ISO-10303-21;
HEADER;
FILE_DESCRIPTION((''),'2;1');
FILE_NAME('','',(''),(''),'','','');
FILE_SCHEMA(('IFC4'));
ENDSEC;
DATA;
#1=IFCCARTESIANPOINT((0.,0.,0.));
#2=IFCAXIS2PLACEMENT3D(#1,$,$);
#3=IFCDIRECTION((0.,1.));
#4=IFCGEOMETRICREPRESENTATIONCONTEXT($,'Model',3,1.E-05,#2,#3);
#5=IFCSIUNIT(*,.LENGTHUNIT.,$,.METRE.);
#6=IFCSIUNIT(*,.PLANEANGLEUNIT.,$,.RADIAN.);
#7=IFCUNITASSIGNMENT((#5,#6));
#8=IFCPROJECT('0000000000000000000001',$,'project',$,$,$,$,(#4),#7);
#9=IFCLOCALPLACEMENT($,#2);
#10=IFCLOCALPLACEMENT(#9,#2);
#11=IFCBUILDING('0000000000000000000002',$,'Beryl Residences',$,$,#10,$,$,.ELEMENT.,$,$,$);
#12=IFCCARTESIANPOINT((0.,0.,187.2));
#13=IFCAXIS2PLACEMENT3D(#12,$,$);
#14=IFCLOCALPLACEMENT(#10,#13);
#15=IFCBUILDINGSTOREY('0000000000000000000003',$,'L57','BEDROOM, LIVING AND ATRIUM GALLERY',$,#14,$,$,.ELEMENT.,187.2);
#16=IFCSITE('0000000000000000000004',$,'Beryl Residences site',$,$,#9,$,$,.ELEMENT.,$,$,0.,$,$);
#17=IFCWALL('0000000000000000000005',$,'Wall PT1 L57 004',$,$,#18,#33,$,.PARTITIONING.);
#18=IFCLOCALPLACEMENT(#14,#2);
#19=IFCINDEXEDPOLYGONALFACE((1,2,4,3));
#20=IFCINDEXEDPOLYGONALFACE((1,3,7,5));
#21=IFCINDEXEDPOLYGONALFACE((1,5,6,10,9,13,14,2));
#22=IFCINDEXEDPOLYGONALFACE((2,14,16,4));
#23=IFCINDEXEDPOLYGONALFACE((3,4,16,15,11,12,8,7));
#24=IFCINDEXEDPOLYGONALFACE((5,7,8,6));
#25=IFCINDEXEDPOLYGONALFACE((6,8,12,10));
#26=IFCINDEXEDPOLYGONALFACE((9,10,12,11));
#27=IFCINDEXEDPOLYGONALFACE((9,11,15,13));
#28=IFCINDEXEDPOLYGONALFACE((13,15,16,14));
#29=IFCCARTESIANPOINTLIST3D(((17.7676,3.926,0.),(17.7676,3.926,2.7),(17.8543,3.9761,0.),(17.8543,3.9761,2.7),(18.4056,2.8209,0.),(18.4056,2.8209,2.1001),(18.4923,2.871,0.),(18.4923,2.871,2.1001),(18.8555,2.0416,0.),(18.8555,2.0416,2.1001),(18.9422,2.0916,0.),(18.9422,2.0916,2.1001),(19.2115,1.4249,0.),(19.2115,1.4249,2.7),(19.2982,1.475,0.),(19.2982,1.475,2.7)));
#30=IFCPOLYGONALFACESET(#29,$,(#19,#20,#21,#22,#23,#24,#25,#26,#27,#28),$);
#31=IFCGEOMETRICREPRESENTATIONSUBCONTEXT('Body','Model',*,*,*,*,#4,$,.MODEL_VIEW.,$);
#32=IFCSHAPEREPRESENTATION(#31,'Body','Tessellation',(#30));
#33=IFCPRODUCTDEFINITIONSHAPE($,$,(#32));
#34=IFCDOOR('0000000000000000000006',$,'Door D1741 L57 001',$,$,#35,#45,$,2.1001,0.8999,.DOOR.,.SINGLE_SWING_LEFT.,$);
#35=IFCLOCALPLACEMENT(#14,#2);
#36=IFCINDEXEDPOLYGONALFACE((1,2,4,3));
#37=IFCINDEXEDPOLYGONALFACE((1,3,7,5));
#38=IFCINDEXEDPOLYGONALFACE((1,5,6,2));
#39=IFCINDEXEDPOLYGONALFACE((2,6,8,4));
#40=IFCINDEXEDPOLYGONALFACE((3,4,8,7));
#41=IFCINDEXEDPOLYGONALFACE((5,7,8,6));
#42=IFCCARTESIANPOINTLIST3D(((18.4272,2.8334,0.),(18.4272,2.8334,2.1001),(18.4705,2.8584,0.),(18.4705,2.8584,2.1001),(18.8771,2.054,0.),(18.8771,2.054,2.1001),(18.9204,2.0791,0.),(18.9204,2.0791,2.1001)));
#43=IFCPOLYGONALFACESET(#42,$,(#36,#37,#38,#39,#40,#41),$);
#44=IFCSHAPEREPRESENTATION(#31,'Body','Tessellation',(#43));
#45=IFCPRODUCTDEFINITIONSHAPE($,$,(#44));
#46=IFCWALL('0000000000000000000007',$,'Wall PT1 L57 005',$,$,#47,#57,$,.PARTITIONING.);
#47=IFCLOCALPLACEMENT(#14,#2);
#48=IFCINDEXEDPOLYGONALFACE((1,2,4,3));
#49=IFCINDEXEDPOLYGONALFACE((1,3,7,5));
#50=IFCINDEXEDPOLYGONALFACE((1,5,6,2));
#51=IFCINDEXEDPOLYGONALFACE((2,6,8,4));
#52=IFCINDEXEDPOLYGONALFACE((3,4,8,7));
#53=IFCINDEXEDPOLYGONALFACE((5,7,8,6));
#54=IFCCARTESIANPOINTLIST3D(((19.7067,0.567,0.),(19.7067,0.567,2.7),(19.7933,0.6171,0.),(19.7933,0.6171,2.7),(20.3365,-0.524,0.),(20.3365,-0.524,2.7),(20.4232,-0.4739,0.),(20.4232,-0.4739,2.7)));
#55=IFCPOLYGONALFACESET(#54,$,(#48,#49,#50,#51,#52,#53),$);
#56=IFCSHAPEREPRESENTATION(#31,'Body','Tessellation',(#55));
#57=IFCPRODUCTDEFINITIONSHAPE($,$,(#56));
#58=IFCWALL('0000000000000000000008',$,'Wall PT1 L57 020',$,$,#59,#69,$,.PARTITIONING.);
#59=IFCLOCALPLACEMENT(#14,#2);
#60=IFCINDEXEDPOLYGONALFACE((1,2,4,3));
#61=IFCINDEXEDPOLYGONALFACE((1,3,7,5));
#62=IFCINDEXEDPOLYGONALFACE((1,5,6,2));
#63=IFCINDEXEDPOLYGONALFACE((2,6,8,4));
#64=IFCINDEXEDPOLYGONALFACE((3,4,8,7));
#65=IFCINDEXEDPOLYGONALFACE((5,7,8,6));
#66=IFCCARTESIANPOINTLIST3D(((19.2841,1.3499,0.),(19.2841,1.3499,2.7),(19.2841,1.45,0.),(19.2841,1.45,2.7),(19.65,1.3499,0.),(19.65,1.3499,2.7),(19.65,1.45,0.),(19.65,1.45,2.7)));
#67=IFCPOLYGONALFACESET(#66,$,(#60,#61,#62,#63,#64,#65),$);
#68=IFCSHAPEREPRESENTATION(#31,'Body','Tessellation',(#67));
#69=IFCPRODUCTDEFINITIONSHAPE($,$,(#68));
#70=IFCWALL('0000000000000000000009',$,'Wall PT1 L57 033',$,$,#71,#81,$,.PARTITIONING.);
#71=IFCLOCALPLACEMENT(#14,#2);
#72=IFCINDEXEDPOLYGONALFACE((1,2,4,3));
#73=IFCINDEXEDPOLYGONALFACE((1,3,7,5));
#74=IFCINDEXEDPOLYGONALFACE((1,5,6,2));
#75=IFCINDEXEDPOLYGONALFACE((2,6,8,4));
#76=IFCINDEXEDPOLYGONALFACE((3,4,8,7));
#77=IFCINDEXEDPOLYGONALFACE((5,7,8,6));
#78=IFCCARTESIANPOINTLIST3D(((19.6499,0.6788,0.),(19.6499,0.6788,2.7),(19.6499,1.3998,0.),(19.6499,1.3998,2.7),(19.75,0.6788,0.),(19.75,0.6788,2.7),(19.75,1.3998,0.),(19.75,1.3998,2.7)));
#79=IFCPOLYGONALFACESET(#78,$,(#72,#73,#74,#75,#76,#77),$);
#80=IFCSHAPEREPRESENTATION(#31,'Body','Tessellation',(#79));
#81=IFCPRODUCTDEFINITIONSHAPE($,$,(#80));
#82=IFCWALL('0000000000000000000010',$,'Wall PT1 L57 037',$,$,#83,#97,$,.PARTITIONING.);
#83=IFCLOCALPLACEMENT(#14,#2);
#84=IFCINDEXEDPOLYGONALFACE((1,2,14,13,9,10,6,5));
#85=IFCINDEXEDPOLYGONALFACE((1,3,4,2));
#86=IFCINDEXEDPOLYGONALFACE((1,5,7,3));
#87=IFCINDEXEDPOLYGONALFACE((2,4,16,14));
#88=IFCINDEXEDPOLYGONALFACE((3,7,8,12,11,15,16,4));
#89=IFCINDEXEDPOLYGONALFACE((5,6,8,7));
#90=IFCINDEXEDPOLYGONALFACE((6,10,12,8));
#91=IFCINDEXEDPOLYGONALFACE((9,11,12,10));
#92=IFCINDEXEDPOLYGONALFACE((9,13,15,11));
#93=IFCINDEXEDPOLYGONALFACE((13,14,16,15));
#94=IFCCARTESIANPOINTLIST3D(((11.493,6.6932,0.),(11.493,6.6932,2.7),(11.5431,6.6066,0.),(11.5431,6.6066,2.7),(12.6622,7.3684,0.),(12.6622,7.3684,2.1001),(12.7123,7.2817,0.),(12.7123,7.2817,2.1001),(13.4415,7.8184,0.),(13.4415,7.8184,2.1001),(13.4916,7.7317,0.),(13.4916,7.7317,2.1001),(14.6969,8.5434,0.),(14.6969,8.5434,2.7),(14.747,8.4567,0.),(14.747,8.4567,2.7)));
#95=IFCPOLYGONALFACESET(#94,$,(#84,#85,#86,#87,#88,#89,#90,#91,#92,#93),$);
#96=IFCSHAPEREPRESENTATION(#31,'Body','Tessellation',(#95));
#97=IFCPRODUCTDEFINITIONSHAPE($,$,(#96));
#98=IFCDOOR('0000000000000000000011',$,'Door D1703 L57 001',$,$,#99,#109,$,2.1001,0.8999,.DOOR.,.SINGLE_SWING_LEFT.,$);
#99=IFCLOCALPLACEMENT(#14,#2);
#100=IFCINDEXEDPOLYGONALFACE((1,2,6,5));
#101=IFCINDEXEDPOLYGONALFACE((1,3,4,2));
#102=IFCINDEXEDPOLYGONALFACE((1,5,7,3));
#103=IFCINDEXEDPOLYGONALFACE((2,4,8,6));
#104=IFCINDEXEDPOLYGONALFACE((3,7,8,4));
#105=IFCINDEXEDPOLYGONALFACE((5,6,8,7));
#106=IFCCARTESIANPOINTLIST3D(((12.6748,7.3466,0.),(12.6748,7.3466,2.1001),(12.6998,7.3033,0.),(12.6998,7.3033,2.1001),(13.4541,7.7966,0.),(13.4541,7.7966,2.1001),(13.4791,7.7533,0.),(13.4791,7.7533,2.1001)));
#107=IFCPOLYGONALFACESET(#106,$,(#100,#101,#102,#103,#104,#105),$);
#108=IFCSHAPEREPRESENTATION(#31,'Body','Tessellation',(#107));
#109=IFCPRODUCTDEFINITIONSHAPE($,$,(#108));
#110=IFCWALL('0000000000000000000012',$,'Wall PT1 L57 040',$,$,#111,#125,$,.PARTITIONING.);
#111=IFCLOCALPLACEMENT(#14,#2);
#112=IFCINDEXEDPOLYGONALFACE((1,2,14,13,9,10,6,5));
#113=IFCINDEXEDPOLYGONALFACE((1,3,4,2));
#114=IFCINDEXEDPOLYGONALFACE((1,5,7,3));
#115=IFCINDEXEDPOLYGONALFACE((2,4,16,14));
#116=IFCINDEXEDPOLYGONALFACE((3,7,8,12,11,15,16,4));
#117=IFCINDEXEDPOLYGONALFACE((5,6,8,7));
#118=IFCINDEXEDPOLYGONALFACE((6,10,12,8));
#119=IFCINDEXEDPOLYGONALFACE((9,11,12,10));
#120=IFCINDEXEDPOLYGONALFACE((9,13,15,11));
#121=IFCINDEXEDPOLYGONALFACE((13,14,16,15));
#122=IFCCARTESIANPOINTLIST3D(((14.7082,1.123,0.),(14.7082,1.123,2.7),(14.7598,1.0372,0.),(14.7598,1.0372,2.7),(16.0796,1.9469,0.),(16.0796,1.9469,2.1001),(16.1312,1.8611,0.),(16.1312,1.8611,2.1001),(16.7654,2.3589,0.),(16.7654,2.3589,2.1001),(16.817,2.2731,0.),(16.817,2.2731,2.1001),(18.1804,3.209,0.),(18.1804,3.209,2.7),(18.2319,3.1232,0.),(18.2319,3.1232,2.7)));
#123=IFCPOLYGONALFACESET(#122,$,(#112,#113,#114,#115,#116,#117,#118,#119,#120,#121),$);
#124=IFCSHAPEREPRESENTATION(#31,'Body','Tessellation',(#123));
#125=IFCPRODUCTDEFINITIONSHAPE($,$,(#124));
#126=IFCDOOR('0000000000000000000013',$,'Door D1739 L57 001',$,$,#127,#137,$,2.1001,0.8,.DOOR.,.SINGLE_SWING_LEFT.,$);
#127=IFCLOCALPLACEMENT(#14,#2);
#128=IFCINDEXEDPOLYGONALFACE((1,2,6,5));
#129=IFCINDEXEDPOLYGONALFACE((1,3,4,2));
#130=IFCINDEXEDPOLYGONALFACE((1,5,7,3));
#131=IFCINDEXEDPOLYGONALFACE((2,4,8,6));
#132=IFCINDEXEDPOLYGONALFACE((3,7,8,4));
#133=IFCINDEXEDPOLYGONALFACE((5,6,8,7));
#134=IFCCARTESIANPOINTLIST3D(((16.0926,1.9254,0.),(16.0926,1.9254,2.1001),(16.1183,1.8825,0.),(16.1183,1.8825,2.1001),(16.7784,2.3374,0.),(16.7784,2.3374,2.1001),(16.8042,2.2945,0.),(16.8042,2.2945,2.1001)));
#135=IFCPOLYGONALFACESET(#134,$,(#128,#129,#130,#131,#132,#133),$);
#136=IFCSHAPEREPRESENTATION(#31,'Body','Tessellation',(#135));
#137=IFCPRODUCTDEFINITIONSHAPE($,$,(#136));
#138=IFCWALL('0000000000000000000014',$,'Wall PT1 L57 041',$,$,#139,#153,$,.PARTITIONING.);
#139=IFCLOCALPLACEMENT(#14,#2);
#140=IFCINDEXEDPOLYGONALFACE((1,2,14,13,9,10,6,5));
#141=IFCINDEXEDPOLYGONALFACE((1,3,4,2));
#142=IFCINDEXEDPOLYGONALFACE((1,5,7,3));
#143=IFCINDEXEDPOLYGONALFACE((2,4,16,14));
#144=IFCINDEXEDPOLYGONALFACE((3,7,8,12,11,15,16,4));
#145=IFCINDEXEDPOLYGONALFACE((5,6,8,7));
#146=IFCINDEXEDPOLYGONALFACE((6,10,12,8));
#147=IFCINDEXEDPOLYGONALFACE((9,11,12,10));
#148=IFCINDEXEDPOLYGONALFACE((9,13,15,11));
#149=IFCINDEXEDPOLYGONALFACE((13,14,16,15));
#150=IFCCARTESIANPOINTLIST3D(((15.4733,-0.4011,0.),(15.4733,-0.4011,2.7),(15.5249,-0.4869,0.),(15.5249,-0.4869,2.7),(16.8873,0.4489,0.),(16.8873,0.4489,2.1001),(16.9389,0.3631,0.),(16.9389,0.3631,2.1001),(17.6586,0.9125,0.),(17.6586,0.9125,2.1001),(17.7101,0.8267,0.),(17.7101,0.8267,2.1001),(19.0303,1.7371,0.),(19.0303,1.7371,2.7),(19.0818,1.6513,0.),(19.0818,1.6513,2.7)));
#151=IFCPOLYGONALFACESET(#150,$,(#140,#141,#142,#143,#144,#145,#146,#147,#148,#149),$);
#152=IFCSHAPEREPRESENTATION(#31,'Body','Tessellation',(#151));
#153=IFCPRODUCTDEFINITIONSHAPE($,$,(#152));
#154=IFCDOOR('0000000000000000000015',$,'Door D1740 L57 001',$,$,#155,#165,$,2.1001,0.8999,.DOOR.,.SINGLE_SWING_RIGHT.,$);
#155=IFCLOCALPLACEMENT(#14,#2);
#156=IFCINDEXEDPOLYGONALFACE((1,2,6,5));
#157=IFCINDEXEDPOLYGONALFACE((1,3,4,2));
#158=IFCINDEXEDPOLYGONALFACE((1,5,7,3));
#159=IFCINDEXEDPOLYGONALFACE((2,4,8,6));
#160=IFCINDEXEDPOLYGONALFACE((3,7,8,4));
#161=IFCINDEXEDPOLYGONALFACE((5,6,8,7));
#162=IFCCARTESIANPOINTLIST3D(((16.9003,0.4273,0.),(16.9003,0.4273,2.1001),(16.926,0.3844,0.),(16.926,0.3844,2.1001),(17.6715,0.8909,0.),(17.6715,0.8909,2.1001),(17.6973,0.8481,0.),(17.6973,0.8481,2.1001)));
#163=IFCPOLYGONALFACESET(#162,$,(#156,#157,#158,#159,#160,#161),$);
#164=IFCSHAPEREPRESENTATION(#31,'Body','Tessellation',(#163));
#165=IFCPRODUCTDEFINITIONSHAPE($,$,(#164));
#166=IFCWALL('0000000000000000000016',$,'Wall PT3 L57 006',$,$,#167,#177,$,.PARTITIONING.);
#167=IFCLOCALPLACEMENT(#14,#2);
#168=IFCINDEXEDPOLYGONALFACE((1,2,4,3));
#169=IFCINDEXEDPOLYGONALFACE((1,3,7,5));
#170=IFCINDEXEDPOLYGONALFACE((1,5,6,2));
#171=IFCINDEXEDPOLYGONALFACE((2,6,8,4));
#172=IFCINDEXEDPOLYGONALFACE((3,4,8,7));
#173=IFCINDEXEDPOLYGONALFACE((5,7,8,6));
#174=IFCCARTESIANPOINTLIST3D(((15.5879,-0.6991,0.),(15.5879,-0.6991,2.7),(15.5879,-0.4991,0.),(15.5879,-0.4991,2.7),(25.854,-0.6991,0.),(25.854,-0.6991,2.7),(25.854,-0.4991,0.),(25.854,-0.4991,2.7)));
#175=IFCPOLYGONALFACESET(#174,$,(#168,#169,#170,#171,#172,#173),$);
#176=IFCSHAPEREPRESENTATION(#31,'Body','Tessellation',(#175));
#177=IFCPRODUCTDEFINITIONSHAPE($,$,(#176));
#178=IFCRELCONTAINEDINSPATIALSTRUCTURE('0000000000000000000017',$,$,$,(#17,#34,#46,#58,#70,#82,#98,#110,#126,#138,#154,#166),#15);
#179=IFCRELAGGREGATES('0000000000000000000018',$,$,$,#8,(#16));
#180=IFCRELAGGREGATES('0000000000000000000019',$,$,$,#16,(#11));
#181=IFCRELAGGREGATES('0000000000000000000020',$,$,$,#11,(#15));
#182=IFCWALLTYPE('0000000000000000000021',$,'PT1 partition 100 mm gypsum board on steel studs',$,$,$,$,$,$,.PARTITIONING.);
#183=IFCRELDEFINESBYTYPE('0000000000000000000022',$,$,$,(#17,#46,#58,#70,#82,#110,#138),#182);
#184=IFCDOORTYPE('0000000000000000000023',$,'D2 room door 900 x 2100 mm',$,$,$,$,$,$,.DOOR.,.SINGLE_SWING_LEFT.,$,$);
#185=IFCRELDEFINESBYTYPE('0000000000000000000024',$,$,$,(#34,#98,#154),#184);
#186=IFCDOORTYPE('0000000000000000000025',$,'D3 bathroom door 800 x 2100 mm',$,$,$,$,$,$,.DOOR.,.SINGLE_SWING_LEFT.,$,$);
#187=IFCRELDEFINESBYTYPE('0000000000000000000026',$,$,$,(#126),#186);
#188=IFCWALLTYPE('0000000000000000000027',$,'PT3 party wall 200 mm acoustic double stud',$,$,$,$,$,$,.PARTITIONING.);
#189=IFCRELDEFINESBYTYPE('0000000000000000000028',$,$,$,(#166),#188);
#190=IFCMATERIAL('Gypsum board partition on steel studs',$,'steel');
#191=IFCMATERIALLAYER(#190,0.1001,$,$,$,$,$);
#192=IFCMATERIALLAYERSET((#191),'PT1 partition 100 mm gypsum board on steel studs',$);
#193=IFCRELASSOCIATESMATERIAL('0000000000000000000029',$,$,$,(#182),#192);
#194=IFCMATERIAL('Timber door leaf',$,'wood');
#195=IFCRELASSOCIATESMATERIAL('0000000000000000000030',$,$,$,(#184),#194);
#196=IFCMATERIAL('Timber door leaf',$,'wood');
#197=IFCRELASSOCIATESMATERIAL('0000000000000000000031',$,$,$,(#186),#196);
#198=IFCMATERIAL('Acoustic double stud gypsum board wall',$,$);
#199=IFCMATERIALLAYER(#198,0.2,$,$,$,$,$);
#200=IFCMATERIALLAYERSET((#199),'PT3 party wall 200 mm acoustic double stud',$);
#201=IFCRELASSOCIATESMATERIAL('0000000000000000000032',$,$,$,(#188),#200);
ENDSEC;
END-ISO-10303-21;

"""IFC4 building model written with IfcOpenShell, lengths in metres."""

from ifc_helpers import new_model, si_unit, direction, frame, frame_2d, origin, place, context, subcontext, project, spatial, rectangle, extrude, material, layer, layer_set, type_object, element, fill, save


model = new_model("IFC4")

# Units and contexts
model_context = context("Model", 3, precision=1e-05, world=origin(), true_north=direction((0.0, 1.0)))
body_context = subcontext(model_context, "Body", "Model", "MODEL_VIEW")
ifc_project = project(units=[si_unit("LENGTHUNIT", "METRE"), si_unit("PLANEANGLEUNIT", "RADIAN")], contexts=[model_context])

# Site, building, storey
site_placement = place(None, origin())
site = spatial("IfcSite", under=ifc_project, at=site_placement, Name="Beryl Residences site", CompositionType="ELEMENT", RefElevation=0.0)
building_placement = place(site_placement, origin())
building = spatial("IfcBuilding", under=site, at=building_placement, Name="Beryl Residences", CompositionType="ELEMENT")
storey_placement = place(building_placement, frame((0.0, 0.0, 187.2)))
storey = spatial("IfcBuildingStorey", under=building, at=storey_placement, Name="L57", Description="BEDROOM, LIVING AND ATRIUM GALLERY", CompositionType="ELEMENT", Elevation=187.2)

# Wall, opening, door
ifc_material_1 = material(Name="Gypsum board partition on steel studs", Category="steel")
ifc_layer_1 = layer(ifc_material_1, 0.1001)
ifc_layer_set_1 = layer_set([ifc_layer_1], Name="PT1 partition 100 mm gypsum board on steel studs")
wall_type_1 = type_object("IfcWallType", Name="PT1 partition 100 mm gypsum board on steel studs", PredefinedType="PARTITIONING", material=ifc_layer_set_1)
wall_1_placement = place(storey_placement, frame((17.811, 3.9509, 0.0), z_axis=(0.0, 0.0, 1.0), x_axis=(0.499976, -0.866039, 0.0)))
wall_1 = element("IfcWall", 1, at=wall_1_placement, inside=storey, type_object=wall_type_1, Name="Wall PT1 L57 004", PredefinedType="PARTITIONING", context=body_context, shape_type="SweptSolid", body=[
    extrude(rectangle(XDim=2.8879, YDim=0.1001, at=frame_2d((1.4438, 0.0))), origin(), (0.0, 0.0, 1.0), 2.7),
])
opening_1_placement = place(wall_1_placement, frame((1.2759, 0.0, 0.0)))
opening_1 = element("IfcOpeningElement", 2, at=opening_1_placement, cuts=wall_1, PredefinedType="OPENING", context=body_context, shape_type="SweptSolid", body=[
    extrude(rectangle(XDim=0.8999, YDim=2.1001, at=frame_2d((0.45, 1.05))), frame((0.0, 0.0601, 0.0), z_axis=(0.0, -1.0, 0.0), x_axis=(1.0, 0.0, 0.0)), (0.0, 0.0, 1.0), 0.1201),
])
ifc_material_2 = material(Name="Timber door leaf", Category="wood")
door_type_1 = type_object("IfcDoorType", Name="D2 room door 900 x 2100 mm", OperationType="SINGLE_SWING_LEFT", PredefinedType="DOOR", material=ifc_material_2)
door_1_placement = place(opening_1_placement, origin())
door_1 = element("IfcDoor", 3, at=door_1_placement, inside=storey, type_object=door_type_1, Name="Door D1741 L57 001", OperationType="SINGLE_SWING_LEFT", OverallHeight=2.1001, OverallWidth=0.8999, PredefinedType="DOOR", context=body_context, shape_type="SweptSolid", body=[
    extrude(rectangle(XDim=0.8999, YDim=2.1001, at=frame_2d((0.45, 1.05))), frame((0.0, 0.0249, 0.0), z_axis=(0.0, -1.0, 0.0), x_axis=(1.0, 0.0, 0.0)), (0.0, 0.0, 1.0), 0.05),
])
fill(opening_1, door_1)

# Walls
wall_2_placement = place(storey_placement, frame((19.75, 0.592, 0.0), z_axis=(0.0, 0.0, 1.0), x_axis=(0.499974, -0.86604, 0.0)))
element("IfcWall", 4, at=wall_2_placement, inside=storey, type_object=wall_type_1, Name="Wall PT1 L57 005", PredefinedType="PARTITIONING", context=body_context, shape_type="SweptSolid", body=[
    extrude(rectangle(XDim=1.2598, YDim=0.1001, at=frame_2d((0.6299, 0.0))), origin(), (0.0, 0.0, 1.0), 2.7),
])
wall_3_placement = place(storey_placement, frame((19.2839, 1.3999, 0.0), z_axis=(0.0, 0.0, 1.0), x_axis=(1.0, 0.0, 0.0)))
element("IfcWall", 5, at=wall_3_placement, inside=storey, type_object=wall_type_1, Name="Wall PT1 L57 020", PredefinedType="PARTITIONING", context=body_context, shape_type="SweptSolid", body=[
    extrude(rectangle(XDim=0.366, YDim=0.1001, at=frame_2d((0.1831, 0.0))), origin(), (0.0, 0.0, 1.0), 2.7),
])
wall_4_placement = place(storey_placement, frame((19.7, 0.679, 0.0), z_axis=(0.0, 0.0, 1.0), x_axis=(0.0, 1.0, 0.0)))
element("IfcWall", 6, at=wall_4_placement, inside=storey, type_object=wall_type_1, Name="Wall PT1 L57 033", PredefinedType="PARTITIONING", context=body_context, shape_type="SweptSolid", body=[
    extrude(rectangle(XDim=0.7209, YDim=0.1001, at=frame_2d((0.3604, 0.0))), origin(), (0.0, 0.0, 1.0), 2.7),
])

# Walls, openings, doors
wall_5_placement = place(storey_placement, frame((11.5181, 6.6499, 0.0), z_axis=(0.0, 0.0, 1.0), x_axis=(0.865984, 0.500071, 0.0)))
wall_5 = element("IfcWall", 7, at=wall_5_placement, inside=storey, type_object=wall_type_1, Name="Wall PT1 L57 037", PredefinedType="PARTITIONING", context=body_context, shape_type="SweptSolid", body=[
    extrude(rectangle(XDim=3.6997, YDim=0.1001, at=frame_2d((1.8499, 0.0))), origin(), (0.0, 0.0, 1.0), 2.7),
])
opening_2_placement = place(wall_5_placement, frame((1.3501, 0.0, 0.0)))
opening_2 = element("IfcOpeningElement", 8, at=opening_2_placement, cuts=wall_5, PredefinedType="OPENING", context=body_context, shape_type="SweptSolid", body=[
    extrude(rectangle(XDim=0.8999, YDim=2.1001, at=frame_2d((0.45, 1.05))), frame((0.0, 0.0601, 0.0), z_axis=(0.0, -1.0, 0.0), x_axis=(1.0, 0.0, 0.0)), (0.0, 0.0, 1.0), 0.1201),
])
door_2_placement = place(opening_2_placement, origin())
door_2 = element("IfcDoor", 9, at=door_2_placement, inside=storey, type_object=door_type_1, Name="Door D1703 L57 001", OperationType="SINGLE_SWING_LEFT", OverallHeight=2.1001, OverallWidth=0.8999, PredefinedType="DOOR", context=body_context, shape_type="SweptSolid", body=[
    extrude(rectangle(XDim=0.8999, YDim=2.1001, at=frame_2d((0.45, 1.05))), frame((0.0, 0.0249, 0.0), z_axis=(0.0, -1.0, 0.0), x_axis=(1.0, 0.0, 0.0)), (0.0, 0.0, 1.0), 0.05),
])
fill(opening_2, door_2)
wall_6_placement = place(storey_placement, frame((14.7339, 1.0801, 0.0), z_axis=(0.0, 0.0, 1.0), x_axis=(0.857206, 0.514974, 0.0)))
wall_6 = element("IfcWall", 10, at=wall_6_placement, inside=storey, type_object=wall_type_1, Name="Wall PT1 L57 040", PredefinedType="PARTITIONING", context=body_context, shape_type="SweptSolid", body=[
    extrude(rectangle(XDim=4.0505, YDim=0.1001, at=frame_2d((2.0254, 0.0))), origin(), (0.0, 0.0, 1.0), 2.7),
])
opening_3_placement = place(wall_6_placement, frame((1.6001, 0.0, 0.0)))
opening_3 = element("IfcOpeningElement", 11, at=opening_3_placement, cuts=wall_6, PredefinedType="OPENING", context=body_context, shape_type="SweptSolid", body=[
    extrude(rectangle(XDim=0.8, YDim=2.1001, at=frame_2d((0.3999, 1.05))), frame((0.0, 0.0601, 0.0), z_axis=(0.0, -1.0, 0.0), x_axis=(1.0, 0.0, 0.0)), (0.0, 0.0, 1.0), 0.1201),
])
ifc_material_3 = material(Name="Timber door leaf", Category="wood")
door_type_2 = type_object("IfcDoorType", Name="D3 bathroom door 800 x 2100 mm", OperationType="SINGLE_SWING_LEFT", PredefinedType="DOOR", material=ifc_material_3)
door_3_placement = place(opening_3_placement, origin())
door_3 = element("IfcDoor", 12, at=door_3_placement, inside=storey, type_object=door_type_2, Name="Door D1739 L57 001", OperationType="SINGLE_SWING_LEFT", OverallHeight=2.1001, OverallWidth=0.8, PredefinedType="DOOR", context=body_context, shape_type="SweptSolid", body=[
    extrude(rectangle(XDim=0.8, YDim=2.1001, at=frame_2d((0.3999, 1.05))), frame((0.0, 0.0249, 0.0), z_axis=(0.0, -1.0, 0.0), x_axis=(1.0, 0.0, 0.0)), (0.0, 0.0, 1.0), 0.05),
])
fill(opening_3, door_3)
wall_7_placement = place(storey_placement, frame((15.499, -0.4441, 0.0), z_axis=(0.0, 0.0, 1.0), x_axis=(0.857062, 0.515214, 0.0)))
wall_7 = element("IfcWall", 13, at=wall_7_placement, inside=storey, type_object=wall_type_1, Name="Wall PT1 L57 041", PredefinedType="PARTITIONING", context=body_context, shape_type="SweptSolid", body=[
    extrude(rectangle(XDim=4.1501, YDim=0.1001, at=frame_2d((2.0752, 0.0))), origin(), (0.0, 0.0, 1.0), 2.7),
])
opening_4_placement = place(wall_7_placement, frame((1.6499, 0.0, 0.0)))
opening_4 = element("IfcOpeningElement", 14, at=opening_4_placement, cuts=wall_7, PredefinedType="OPENING", context=body_context, shape_type="SweptSolid", body=[
    extrude(rectangle(XDim=0.8999, YDim=2.1001, at=frame_2d((0.45, 1.05))), frame((0.0, 0.0601, 0.0), z_axis=(0.0, -1.0, 0.0), x_axis=(1.0, 0.0, 0.0)), (0.0, 0.0, 1.0), 0.1201),
])
door_4_placement = place(opening_4_placement, origin())
door_4 = element("IfcDoor", 15, at=door_4_placement, inside=storey, type_object=door_type_1, Name="Door D1740 L57 001", OperationType="SINGLE_SWING_RIGHT", OverallHeight=2.1001, OverallWidth=0.8999, PredefinedType="DOOR", context=body_context, shape_type="SweptSolid", body=[
    extrude(rectangle(XDim=0.8999, YDim=2.1001, at=frame_2d((0.45, 1.05))), frame((0.0, 0.0249, 0.0), z_axis=(0.0, -1.0, 0.0), x_axis=(1.0, 0.0, 0.0)), (0.0, 0.0, 1.0), 0.05),
])
fill(opening_4, door_4)

# Wall
ifc_material_4 = material(Name="Acoustic double stud gypsum board wall")
ifc_layer_2 = layer(ifc_material_4, 0.2)
ifc_layer_set_2 = layer_set([ifc_layer_2], Name="PT3 party wall 200 mm acoustic double stud")
wall_type_2 = type_object("IfcWallType", Name="PT3 party wall 200 mm acoustic double stud", PredefinedType="PARTITIONING", material=ifc_layer_set_2)
wall_8_placement = place(storey_placement, frame((15.5879, -0.5991, 0.0), z_axis=(0.0, 0.0, 1.0), x_axis=(1.0, 0.0, 0.0)))
element("IfcWall", 16, at=wall_8_placement, inside=storey, type_object=wall_type_2, Name="Wall PT3 L57 006", PredefinedType="PARTITIONING", context=body_context, shape_type="SweptSolid", body=[
    extrude(rectangle(XDim=10.2661, YDim=0.2, at=frame_2d((5.1331, 0.0))), origin(), (0.0, 0.0, 1.0), 2.7),
])

save(model, "model.ifc")
